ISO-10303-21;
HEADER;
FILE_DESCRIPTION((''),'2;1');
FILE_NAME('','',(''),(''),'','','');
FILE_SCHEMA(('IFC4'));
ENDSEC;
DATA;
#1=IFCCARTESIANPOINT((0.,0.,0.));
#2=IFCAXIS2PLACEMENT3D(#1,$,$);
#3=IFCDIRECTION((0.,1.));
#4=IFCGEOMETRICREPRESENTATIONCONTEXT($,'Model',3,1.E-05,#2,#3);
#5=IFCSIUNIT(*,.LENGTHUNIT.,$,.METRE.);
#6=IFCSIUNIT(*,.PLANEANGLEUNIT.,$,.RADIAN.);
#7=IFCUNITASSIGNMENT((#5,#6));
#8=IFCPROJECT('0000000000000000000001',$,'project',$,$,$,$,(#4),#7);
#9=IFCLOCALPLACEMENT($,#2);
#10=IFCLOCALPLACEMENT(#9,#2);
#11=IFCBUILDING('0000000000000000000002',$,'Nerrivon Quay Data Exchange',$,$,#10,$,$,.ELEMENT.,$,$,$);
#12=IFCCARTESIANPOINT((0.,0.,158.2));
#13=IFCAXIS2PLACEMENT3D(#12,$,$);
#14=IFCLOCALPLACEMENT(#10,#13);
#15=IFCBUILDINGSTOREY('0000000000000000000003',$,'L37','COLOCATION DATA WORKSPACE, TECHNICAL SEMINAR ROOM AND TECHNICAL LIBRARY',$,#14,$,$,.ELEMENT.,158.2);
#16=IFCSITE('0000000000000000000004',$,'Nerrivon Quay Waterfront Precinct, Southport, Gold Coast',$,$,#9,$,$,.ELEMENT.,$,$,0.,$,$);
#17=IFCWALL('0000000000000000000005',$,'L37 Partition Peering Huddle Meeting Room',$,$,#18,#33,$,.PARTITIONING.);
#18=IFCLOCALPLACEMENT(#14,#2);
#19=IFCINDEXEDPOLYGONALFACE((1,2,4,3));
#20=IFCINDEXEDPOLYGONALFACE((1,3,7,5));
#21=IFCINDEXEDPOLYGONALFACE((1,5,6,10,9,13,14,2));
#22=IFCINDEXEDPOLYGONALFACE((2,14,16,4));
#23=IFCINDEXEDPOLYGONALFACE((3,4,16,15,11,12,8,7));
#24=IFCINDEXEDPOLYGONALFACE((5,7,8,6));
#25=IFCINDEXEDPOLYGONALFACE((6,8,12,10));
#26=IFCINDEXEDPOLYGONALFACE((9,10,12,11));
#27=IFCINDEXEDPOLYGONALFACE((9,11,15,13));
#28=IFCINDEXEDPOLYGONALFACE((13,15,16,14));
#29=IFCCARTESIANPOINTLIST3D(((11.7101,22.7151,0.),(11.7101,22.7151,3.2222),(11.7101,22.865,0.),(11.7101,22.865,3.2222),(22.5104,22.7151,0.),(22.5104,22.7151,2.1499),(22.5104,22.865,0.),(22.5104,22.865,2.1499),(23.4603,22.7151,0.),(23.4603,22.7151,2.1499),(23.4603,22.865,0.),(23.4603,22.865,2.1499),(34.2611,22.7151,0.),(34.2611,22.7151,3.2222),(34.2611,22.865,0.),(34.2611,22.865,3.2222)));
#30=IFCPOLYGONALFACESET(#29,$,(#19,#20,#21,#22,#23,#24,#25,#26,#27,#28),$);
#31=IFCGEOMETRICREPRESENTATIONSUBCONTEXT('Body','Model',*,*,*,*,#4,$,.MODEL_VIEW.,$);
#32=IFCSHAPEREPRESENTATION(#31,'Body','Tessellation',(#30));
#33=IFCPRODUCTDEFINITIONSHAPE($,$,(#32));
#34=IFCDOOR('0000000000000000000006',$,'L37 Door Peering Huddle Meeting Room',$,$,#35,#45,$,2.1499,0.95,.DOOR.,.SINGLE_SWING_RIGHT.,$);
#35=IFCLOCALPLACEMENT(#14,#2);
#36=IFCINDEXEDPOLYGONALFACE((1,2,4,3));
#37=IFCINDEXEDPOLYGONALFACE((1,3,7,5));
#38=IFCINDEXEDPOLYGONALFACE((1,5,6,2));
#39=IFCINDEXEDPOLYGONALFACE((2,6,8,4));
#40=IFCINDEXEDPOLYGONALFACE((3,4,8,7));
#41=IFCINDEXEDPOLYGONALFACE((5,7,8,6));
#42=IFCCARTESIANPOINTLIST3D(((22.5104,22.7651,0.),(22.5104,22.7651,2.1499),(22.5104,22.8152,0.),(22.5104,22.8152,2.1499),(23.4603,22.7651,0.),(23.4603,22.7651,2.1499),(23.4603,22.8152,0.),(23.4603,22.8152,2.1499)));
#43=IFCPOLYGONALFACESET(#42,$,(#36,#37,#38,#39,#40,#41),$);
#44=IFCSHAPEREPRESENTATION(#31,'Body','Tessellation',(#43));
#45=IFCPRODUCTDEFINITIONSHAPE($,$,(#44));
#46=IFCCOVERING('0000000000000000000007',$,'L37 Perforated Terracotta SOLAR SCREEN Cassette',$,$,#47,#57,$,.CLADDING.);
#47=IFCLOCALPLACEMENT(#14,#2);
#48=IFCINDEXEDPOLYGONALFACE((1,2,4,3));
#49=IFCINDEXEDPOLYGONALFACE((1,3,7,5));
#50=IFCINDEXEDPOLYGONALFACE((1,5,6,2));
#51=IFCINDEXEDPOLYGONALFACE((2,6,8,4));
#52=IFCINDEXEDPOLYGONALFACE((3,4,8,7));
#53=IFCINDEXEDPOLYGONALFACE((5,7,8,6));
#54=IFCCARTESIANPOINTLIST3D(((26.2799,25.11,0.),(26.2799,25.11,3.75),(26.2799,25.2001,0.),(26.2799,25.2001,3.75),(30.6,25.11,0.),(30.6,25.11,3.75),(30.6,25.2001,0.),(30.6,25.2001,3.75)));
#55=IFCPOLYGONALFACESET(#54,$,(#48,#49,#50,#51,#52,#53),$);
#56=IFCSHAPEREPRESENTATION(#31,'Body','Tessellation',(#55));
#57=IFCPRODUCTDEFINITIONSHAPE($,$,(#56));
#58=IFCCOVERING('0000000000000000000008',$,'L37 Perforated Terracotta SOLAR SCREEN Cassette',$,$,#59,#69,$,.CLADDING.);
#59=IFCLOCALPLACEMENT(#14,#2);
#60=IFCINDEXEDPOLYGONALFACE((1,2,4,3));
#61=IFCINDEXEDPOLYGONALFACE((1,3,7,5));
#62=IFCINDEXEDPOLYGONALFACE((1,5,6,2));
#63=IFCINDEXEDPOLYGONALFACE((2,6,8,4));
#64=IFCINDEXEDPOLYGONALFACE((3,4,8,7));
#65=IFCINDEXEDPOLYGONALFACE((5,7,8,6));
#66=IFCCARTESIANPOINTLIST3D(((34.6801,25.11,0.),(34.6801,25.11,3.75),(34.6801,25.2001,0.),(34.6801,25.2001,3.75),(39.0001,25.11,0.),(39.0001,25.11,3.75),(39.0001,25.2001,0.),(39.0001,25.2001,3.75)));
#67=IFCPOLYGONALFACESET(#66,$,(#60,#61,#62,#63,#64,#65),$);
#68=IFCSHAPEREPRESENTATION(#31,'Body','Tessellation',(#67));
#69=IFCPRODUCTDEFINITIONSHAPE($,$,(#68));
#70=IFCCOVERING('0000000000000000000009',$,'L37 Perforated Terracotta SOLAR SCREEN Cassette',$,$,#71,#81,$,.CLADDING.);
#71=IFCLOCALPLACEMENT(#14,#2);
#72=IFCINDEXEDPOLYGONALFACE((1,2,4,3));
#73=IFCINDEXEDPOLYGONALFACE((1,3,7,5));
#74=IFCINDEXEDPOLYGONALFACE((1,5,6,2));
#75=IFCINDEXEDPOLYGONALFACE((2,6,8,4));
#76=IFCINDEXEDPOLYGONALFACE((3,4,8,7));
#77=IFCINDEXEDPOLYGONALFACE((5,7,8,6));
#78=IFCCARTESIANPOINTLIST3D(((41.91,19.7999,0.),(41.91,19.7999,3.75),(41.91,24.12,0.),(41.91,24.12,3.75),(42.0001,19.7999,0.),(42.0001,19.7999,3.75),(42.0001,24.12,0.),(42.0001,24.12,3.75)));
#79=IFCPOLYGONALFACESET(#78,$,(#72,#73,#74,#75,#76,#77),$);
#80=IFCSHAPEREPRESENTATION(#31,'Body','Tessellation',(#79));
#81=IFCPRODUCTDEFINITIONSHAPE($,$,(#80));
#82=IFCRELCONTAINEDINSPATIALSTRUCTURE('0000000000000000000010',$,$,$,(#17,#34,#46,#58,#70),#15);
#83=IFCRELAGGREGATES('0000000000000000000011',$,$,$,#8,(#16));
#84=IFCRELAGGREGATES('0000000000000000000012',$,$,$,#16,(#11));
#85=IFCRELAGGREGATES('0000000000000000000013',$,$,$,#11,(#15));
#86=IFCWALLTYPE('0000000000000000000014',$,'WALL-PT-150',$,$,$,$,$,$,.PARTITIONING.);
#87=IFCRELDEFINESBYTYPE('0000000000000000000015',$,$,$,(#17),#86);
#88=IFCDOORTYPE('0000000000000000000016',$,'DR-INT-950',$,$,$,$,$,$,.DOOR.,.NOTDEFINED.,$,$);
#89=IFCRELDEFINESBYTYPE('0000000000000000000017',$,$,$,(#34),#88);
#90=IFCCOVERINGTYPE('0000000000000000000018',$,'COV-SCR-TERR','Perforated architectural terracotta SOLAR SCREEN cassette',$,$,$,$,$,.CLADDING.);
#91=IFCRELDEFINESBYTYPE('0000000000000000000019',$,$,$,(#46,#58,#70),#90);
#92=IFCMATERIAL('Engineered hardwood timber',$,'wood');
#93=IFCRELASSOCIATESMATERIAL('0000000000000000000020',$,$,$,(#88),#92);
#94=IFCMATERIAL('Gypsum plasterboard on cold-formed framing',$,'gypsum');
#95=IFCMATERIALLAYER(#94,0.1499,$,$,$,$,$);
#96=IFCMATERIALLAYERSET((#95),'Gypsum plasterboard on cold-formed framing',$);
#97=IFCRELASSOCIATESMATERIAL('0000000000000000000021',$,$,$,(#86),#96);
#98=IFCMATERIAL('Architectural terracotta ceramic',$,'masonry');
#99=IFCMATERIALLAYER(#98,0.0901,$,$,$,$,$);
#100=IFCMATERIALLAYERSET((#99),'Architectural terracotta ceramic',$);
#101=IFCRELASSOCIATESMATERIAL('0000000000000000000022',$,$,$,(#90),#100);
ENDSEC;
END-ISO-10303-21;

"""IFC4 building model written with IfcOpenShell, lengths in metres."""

from ifc_helpers import new_model, si_unit, direction, frame, frame_2d, origin, origin_2d, place, context, subcontext, project, spatial, rectangle, extrude, material, layer, layer_set, type_object, element, fill, save


model = new_model("IFC4")

# Units and contexts
model_context = context("Model", 3, precision=1e-05, world=origin(), true_north=direction((0.0, 1.0)))
body_context = subcontext(model_context, "Body", "Model", "MODEL_VIEW")
ifc_project = project(units=[si_unit("LENGTHUNIT", "METRE"), si_unit("PLANEANGLEUNIT", "RADIAN")], contexts=[model_context])

# Site, building, storey
site_placement = place(None, origin())
site = spatial("IfcSite", under=ifc_project, at=site_placement, Name="Nerrivon Quay Waterfront Precinct, Southport, Gold Coast", CompositionType="ELEMENT", RefElevation=0.0)
building_placement = place(site_placement, origin())
building = spatial("IfcBuilding", under=site, at=building_placement, Name="Nerrivon Quay Data Exchange", CompositionType="ELEMENT")
storey_placement = place(building_placement, frame((0.0, 0.0, 158.2)))
storey = spatial("IfcBuildingStorey", under=building, at=storey_placement, Name="L37", Description="COLOCATION DATA WORKSPACE, TECHNICAL SEMINAR ROOM AND TECHNICAL LIBRARY", CompositionType="ELEMENT", Elevation=158.2)

# Shared definitions
ifc_material_1 = material(Name="Gypsum plasterboard on cold-formed framing", Category="gypsum")

# Shared definitions
ifc_material_2 = material(Name="Engineered hardwood timber", Category="wood")
door_type = type_object("IfcDoorType", Name="DR-INT-950", OperationType="NOTDEFINED", PredefinedType="DOOR", material=ifc_material_2)

# Wall, opening, door
ifc_layer_1 = layer(ifc_material_1, 0.1499)
ifc_layer_set_1 = layer_set([ifc_layer_1], Name="Gypsum plasterboard on cold-formed framing")
wall_type_1 = type_object("IfcWallType", Name="WALL-PT-150", PredefinedType="PARTITIONING", material=ifc_layer_set_1)
wall_1_placement = place(storey_placement, frame((34.261, 22.79, 0.0), z_axis=(0.0, 0.0, 1.0), x_axis=(-1.0, 0.0, 0.0)))
wall_1 = element("IfcWall", 1, at=wall_1_placement, inside=storey, type_object=wall_type_1, Name="L37 Partition Peering Huddle Meeting Room", PredefinedType="PARTITIONING", context=body_context, shape_type="SweptSolid", body=[
    extrude(rectangle(XDim=22.551, YDim=0.1499, at=frame_2d((11.2754, 0.0))), origin(), (0.0, 0.0, 1.0), 3.2222),
])
opening_1_placement = place(wall_1_placement, frame((10.8005, 0.0, 0.0)))
opening_1 = element("IfcOpeningElement", 2, at=opening_1_placement, cuts=wall_1, PredefinedType="OPENING", context=body_context, shape_type="SweptSolid", body=[
    extrude(rectangle(XDim=0.95, YDim=2.1499, at=frame_2d((0.4751, 1.075))), frame((0.0, 0.085, 0.0), z_axis=(0.0, -1.0, 0.0), x_axis=(1.0, 0.0, 0.0)), (0.0, 0.0, 1.0), 0.1699),
])
door_1_placement = place(opening_1_placement, origin())
door_1 = element("IfcDoor", 3, at=door_1_placement, inside=storey, type_object=door_type, Name="L37 Door Peering Huddle Meeting Room", OperationType="SINGLE_SWING_RIGHT", OverallHeight=2.1499, OverallWidth=0.95, PredefinedType="DOOR", context=body_context, shape_type="SweptSolid", body=[
    extrude(rectangle(XDim=0.95, YDim=2.1499, at=frame_2d((0.4751, 1.075))), frame((0.0, 0.0249, 0.0), z_axis=(0.0, -1.0, 0.0), x_axis=(1.0, 0.0, 0.0)), (0.0, 0.0, 1.0), 0.05),
])
fill(opening_1, door_1)

# Coverings
ifc_material_3 = material(Name="Architectural terracotta ceramic", Category="masonry")
ifc_layer_2 = layer(ifc_material_3, 0.0901)
ifc_layer_set_2 = layer_set([ifc_layer_2], Name="Architectural terracotta ceramic")
covering_type = type_object("IfcCoveringType", Name="COV-SCR-TERR", Description="Perforated architectural terracotta SOLAR SCREEN cassette", PredefinedType="CLADDING", material=ifc_layer_set_2)
for number, where, z_axis, x_axis, name in (
    (4, (28.4399, 25.155, 0.0), (0.0, 0.0, 1.0), (1.0, 0.0, 0.0), "L37 Perforated Terracotta SOLAR SCREEN Cassette"),
    (5, (36.8401, 25.155, 0.0), (0.0, 0.0, 1.0), (1.0, 0.0, 0.0), "L37 Perforated Terracotta SOLAR SCREEN Cassette"),
    (6, (41.9551, 21.96, 0.0), (0.0, 0.0, 1.0), (0.0, -1.0, 0.0), "L37 Perforated Terracotta SOLAR SCREEN Cassette"),
):
    element("IfcCovering", number, at=place(storey_placement, frame(where, z_axis=z_axis, x_axis=x_axis)), inside=storey, type_object=covering_type, Name=name, PredefinedType="CLADDING", context=body_context, shape_type="SweptSolid", body=[
        extrude(rectangle(XDim=4.3201, YDim=0.0901, at=origin_2d()), origin(), (0.0, 0.0, 1.0), 3.75),
    ])

save(model, "model.ifc")
